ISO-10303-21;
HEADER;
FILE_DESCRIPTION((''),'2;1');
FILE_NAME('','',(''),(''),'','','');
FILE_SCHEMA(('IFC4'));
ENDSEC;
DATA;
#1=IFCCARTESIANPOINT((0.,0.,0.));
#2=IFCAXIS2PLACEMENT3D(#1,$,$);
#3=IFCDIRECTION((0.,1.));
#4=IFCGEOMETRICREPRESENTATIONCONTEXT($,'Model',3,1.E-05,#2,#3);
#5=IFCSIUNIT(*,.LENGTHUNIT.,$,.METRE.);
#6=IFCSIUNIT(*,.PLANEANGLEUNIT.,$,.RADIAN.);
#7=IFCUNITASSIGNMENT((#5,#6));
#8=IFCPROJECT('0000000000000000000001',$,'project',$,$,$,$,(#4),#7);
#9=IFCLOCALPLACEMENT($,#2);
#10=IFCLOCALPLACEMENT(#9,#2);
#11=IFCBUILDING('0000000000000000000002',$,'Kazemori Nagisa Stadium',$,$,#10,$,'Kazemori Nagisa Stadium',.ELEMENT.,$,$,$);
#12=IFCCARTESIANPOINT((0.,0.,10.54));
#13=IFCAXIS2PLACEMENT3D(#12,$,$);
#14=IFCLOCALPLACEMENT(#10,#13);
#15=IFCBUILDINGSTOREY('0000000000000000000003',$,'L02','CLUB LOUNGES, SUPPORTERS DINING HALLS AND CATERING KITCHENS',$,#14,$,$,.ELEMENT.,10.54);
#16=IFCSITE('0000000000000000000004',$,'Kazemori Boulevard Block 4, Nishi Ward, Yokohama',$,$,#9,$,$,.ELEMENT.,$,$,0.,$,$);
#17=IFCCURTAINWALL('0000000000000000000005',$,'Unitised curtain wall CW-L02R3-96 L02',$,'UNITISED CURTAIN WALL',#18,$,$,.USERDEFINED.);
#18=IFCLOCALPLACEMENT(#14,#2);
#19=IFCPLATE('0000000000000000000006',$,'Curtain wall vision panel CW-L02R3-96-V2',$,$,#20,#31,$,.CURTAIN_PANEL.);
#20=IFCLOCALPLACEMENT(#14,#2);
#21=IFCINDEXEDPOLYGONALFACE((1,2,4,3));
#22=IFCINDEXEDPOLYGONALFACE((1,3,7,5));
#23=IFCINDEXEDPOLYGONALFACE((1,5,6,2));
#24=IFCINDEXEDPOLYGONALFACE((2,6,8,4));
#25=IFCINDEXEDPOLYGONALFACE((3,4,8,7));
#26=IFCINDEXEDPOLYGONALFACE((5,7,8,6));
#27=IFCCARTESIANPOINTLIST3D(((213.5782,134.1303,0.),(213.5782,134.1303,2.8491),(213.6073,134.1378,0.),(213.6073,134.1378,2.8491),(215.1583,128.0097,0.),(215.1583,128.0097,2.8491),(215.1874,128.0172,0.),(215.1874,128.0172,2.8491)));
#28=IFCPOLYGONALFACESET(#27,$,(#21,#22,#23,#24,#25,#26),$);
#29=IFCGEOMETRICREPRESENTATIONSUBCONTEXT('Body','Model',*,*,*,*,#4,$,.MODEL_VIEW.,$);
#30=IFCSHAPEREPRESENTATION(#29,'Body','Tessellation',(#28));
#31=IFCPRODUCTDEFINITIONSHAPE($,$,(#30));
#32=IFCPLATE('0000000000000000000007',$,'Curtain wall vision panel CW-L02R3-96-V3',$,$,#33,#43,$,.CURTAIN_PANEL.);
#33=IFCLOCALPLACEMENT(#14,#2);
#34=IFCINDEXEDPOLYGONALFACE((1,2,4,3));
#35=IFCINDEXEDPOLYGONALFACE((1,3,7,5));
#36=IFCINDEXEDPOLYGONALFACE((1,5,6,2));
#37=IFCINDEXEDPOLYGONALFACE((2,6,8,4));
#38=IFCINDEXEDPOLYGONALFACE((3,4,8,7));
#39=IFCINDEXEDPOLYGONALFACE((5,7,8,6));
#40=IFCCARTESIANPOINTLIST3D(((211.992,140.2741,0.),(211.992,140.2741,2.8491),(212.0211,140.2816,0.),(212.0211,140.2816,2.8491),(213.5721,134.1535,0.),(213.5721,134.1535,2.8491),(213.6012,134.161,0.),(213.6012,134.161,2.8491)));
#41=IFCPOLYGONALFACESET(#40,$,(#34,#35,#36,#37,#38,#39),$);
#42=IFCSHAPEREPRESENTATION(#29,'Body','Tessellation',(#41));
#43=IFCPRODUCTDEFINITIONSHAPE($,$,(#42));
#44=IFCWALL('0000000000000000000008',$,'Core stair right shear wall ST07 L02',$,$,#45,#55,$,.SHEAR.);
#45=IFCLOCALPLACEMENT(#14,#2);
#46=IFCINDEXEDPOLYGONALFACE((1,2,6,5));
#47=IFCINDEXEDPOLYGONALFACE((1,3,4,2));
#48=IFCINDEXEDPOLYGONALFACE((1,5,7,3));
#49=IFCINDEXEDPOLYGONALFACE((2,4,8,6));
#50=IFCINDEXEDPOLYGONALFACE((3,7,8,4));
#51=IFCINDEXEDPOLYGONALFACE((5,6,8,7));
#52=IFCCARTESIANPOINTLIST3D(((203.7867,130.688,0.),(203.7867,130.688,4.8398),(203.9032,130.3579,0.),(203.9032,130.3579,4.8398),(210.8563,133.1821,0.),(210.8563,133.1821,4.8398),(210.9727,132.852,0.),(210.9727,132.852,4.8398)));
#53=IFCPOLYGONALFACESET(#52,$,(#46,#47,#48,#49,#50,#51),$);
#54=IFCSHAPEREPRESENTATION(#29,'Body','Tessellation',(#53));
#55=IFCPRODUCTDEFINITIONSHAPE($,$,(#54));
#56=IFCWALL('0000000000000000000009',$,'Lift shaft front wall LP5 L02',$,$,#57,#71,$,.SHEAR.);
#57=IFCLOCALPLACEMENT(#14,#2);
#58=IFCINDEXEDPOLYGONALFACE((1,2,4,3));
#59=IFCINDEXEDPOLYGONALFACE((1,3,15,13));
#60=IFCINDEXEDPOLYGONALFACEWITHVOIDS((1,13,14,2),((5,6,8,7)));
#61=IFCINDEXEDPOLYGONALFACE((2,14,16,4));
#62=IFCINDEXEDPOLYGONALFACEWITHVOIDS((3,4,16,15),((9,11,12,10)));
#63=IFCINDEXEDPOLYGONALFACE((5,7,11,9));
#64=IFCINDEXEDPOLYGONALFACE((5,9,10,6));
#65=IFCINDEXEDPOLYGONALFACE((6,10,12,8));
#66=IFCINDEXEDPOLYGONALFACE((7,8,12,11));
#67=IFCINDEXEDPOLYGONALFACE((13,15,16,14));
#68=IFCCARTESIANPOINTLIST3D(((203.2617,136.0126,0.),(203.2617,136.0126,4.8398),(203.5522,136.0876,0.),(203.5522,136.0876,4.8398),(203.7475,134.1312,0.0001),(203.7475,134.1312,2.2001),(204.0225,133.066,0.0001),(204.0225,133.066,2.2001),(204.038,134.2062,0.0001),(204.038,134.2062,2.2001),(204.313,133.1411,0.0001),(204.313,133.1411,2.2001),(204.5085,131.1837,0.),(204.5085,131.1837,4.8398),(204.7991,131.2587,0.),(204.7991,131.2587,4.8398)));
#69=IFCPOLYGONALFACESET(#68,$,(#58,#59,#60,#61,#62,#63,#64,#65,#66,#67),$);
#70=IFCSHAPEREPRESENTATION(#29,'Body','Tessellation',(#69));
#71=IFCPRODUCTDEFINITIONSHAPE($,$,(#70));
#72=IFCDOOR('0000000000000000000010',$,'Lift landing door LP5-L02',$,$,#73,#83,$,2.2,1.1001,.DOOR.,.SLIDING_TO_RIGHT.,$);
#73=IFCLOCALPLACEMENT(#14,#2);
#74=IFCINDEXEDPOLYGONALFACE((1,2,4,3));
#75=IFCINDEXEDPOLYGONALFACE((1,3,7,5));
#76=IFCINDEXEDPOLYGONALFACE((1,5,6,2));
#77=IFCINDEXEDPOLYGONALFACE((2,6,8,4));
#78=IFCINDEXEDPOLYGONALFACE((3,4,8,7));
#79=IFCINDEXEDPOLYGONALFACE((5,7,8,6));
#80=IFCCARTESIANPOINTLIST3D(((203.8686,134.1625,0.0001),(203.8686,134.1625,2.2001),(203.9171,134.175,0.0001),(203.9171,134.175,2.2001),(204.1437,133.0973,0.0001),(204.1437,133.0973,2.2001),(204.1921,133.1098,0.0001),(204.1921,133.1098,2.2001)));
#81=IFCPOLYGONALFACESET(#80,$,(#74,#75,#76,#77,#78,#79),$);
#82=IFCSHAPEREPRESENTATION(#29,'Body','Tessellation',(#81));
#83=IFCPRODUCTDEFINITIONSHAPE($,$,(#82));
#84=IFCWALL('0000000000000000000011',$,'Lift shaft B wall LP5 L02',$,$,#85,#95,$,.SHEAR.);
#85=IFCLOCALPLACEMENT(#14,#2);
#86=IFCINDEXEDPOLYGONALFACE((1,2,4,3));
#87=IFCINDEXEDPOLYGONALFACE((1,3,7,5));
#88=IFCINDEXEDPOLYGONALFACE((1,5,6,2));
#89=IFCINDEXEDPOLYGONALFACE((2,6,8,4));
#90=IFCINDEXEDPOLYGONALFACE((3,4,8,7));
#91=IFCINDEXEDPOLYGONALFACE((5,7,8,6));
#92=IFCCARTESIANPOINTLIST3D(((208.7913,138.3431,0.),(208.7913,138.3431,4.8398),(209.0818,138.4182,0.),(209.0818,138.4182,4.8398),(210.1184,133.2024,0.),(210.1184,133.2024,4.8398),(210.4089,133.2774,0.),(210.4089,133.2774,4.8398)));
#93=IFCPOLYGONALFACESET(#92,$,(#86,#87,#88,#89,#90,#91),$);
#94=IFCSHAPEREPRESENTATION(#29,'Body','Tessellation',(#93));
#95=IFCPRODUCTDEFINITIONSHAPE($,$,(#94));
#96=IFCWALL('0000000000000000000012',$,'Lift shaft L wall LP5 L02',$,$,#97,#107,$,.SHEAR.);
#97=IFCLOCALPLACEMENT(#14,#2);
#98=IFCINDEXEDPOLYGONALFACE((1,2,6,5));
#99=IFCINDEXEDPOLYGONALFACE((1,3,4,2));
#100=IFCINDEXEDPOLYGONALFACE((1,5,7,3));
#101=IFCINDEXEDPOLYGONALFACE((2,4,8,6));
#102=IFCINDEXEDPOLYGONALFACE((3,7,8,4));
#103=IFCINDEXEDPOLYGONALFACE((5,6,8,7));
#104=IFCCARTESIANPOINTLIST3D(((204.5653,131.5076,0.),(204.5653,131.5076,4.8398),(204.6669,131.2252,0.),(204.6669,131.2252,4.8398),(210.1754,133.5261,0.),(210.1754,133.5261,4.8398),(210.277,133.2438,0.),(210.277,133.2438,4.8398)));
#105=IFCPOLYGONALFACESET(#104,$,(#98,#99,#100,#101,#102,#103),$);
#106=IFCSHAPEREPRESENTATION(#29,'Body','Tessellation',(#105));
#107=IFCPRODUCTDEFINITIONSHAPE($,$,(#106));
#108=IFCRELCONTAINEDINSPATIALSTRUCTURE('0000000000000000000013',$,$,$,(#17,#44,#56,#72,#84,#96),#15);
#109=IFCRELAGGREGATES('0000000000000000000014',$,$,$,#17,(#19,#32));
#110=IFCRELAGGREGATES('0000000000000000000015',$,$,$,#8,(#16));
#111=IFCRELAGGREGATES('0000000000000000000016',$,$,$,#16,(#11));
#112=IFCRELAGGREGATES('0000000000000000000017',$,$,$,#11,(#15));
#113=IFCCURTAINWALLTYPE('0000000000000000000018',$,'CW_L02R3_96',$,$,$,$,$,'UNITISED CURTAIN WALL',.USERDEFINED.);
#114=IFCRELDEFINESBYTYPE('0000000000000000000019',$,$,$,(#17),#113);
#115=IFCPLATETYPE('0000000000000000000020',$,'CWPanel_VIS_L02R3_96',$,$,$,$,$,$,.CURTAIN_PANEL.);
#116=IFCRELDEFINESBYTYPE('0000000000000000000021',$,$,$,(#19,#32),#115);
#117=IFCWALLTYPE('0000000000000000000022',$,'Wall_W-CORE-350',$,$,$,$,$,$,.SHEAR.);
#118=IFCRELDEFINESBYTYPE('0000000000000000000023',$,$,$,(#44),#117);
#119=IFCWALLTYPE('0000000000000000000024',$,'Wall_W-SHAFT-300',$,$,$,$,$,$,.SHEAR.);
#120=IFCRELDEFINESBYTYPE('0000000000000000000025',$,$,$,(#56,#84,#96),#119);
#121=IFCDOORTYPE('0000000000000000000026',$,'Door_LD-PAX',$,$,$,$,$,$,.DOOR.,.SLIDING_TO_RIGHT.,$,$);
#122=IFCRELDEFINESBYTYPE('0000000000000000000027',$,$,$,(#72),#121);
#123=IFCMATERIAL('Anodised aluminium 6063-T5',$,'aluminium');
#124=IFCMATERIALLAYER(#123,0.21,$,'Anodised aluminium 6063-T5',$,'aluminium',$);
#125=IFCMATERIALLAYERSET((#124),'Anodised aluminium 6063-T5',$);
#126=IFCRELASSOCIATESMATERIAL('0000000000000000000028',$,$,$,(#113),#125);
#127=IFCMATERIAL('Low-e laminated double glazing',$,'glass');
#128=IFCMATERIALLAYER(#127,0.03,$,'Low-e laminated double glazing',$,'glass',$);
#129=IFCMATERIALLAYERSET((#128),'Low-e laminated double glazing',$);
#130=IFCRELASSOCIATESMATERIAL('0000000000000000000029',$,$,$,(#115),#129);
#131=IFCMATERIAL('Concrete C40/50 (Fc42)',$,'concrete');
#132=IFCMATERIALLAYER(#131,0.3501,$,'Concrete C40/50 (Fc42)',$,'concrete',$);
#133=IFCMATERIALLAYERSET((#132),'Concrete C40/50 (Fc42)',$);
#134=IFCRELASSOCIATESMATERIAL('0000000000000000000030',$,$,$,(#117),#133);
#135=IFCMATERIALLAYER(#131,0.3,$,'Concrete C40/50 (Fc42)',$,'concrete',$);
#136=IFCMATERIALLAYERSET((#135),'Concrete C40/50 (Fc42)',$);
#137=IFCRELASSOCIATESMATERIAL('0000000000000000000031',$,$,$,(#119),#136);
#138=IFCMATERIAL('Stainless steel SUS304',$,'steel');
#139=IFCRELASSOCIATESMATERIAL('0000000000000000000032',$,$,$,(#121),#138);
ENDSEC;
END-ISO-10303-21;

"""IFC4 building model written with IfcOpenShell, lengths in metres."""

from ifc_helpers import new_model, si_unit, direction, frame, frame_2d, origin, origin_2d, place, context, subcontext, project, spatial, rectangle, extrude, material, layer, layer_set, type_object, element, fill, aggregate, save


model = new_model("IFC4")

# Units and contexts
model_context = context("Model", 3, precision=1e-05, world=origin(), true_north=direction((0.0, 1.0)))
body_context = subcontext(model_context, "Body", "Model", "MODEL_VIEW")
ifc_project = project(units=[si_unit("LENGTHUNIT", "METRE"), si_unit("PLANEANGLEUNIT", "RADIAN")], contexts=[model_context])

# Site, building, storey
site_placement = place(None, origin())
site = spatial("IfcSite", under=ifc_project, at=site_placement, Name="Kazemori Boulevard Block 4, Nishi Ward, Yokohama", CompositionType="ELEMENT", RefElevation=0.0)
building_placement = place(site_placement, origin())
building = spatial("IfcBuilding", under=site, at=building_placement, Name="Kazemori Nagisa Stadium", LongName="Kazemori Nagisa Stadium", CompositionType="ELEMENT")
storey_placement = place(building_placement, frame((0.0, 0.0, 10.54)))
storey = spatial("IfcBuildingStorey", under=building, at=storey_placement, Name="L02", Description="CLUB LOUNGES, SUPPORTERS DINING HALLS AND CATERING KITCHENS", CompositionType="ELEMENT", Elevation=10.54)

# Shared definitions
ifc_material_1 = material(Name="Concrete C40/50 (Fc42)", Category="concrete")

# Curtain wall, plates
ifc_material_2 = material(Name="Anodised aluminium 6063-T5", Category="aluminium")
ifc_layer_1 = layer(ifc_material_2, 0.21, Name="Anodised aluminium 6063-T5", Category="aluminium")
ifc_layer_set_1 = layer_set([ifc_layer_1], Name="Anodised aluminium 6063-T5")
curtain_wall_type = type_object("IfcCurtainWallType", Name="CW_L02R3_96", ElementType="UNITISED CURTAIN WALL", PredefinedType="USERDEFINED", material=ifc_layer_set_1)
curtain_wall_placement = place(storey_placement, origin())
curtain_wall = element("IfcCurtainWall", 1, at=curtain_wall_placement, inside=storey, type_object=curtain_wall_type, Name="Unitised curtain wall CW-L02R3-96 L02", ObjectType="UNITISED CURTAIN WALL", PredefinedType="USERDEFINED")
ifc_material_3 = material(Name="Low-e laminated double glazing", Category="glass")
ifc_layer_2 = layer(ifc_material_3, 0.03, Name="Low-e laminated double glazing", Category="glass")
ifc_layer_set_2 = layer_set([ifc_layer_2], Name="Low-e laminated double glazing")
plate_type_1 = type_object("IfcPlateType", Name="CWPanel_VIS_L02R3_96", PredefinedType="CURTAIN_PANEL", material=ifc_layer_set_2)
plate_1_placement = place(storey_placement, frame((214.3828, 131.0737, 0.0), z_axis=(0.0, 0.0, 1.0), x_axis=(-0.249965, 0.968255, 0.0)))
plate_1 = element("IfcPlate", 2, at=plate_1_placement, type_object=plate_type_1, Name="Curtain wall vision panel CW-L02R3-96-V2", PredefinedType="CURTAIN_PANEL", context=body_context, shape_type="SweptSolid", body=[
    extrude(rectangle(XDim=6.3213, YDim=0.03, at=origin_2d()), origin(), (0.0, 0.0, 1.0), 2.8491),
])
plate_2_placement = place(storey_placement, frame((212.7966, 137.2175, 0.0), z_axis=(0.0, 0.0, 1.0), x_axis=(-0.249965, 0.968255, 0.0)))
plate_2 = element("IfcPlate", 3, at=plate_2_placement, type_object=plate_type_1, Name="Curtain wall vision panel CW-L02R3-96-V3", PredefinedType="CURTAIN_PANEL", context=body_context, shape_type="SweptSolid", body=[
    extrude(rectangle(XDim=6.3213, YDim=0.03, at=origin_2d()), origin(), (0.0, 0.0, 1.0), 2.8491),
])
aggregate(curtain_wall, [plate_1, plate_2])

# Wall
ifc_layer_3 = layer(ifc_material_1, 0.3501, Name="Concrete C40/50 (Fc42)", Category="concrete")
ifc_layer_set_3 = layer_set([ifc_layer_3], Name="Concrete C40/50 (Fc42)")
wall_type_1 = type_object("IfcWallType", Name="Wall_W-CORE-350", PredefinedType="SHEAR", material=ifc_layer_set_3)
wall_1_placement = place(storey_placement, frame((203.845, 130.5229, 0.0), z_axis=(0.0, 0.0, 1.0), x_axis=(0.943032, 0.332701, 0.0)))
element("IfcWall", 4, at=wall_1_placement, inside=storey, type_object=wall_type_1, Name="Core stair right shear wall ST07 L02", PredefinedType="SHEAR", context=body_context, shape_type="SweptSolid", body=[
    extrude(rectangle(XDim=7.4966, YDim=0.3501, at=frame_2d((3.7483, 0.0))), origin(), (0.0, 0.0, 1.0), 4.8398),
])

# Wall, opening, door
ifc_layer_4 = layer(ifc_material_1, 0.3, Name="Concrete C40/50 (Fc42)", Category="concrete")
ifc_layer_set_4 = layer_set([ifc_layer_4], Name="Concrete C40/50 (Fc42)")
wall_type_2 = type_object("IfcWallType", Name="Wall_W-SHAFT-300", PredefinedType="SHEAR", material=ifc_layer_set_4)
wall_2_placement = place(storey_placement, frame((204.6538, 131.2212, 0.0), z_axis=(0.0, 0.0, 1.0), x_axis=(-0.250004, 0.968245, 0.0)))
wall_2 = element("IfcWall", 5, at=wall_2_placement, inside=storey, type_object=wall_type_2, Name="Lift shaft front wall LP5 L02", PredefinedType="SHEAR", context=body_context, shape_type="SweptSolid", body=[
    extrude(rectangle(XDim=4.9873, YDim=0.3, at=frame_2d((2.4937, 0.0))), origin(), (0.0, 0.0, 1.0), 4.8398),
])
opening_placement = place(wall_2_placement, frame((1.9441, 0.0, 0.0)))
opening = element("IfcOpeningElement", 6, at=opening_placement, cuts=wall_2, PredefinedType="OPENING", context=body_context, shape_type="SweptSolid", body=[
    extrude(rectangle(XDim=1.1001, YDim=2.2, at=frame_2d((0.55, 1.1001))), frame((0.0, 0.1599, 0.0), z_axis=(0.0, -1.0, 0.0), x_axis=(1.0, 0.0, 0.0)), (0.0, 0.0, 1.0), 0.3201),
])
ifc_material_4 = material(Name="Stainless steel SUS304", Category="steel")
door_type = type_object("IfcDoorType", Name="Door_LD-PAX", OperationType="SLIDING_TO_RIGHT", PredefinedType="DOOR", material=ifc_material_4)
door_placement = place(opening_placement, origin())
door = element("IfcDoor", 7, at=door_placement, inside=storey, type_object=door_type, Name="Lift landing door LP5-L02", OperationType="SLIDING_TO_RIGHT", OverallHeight=2.2, OverallWidth=1.1001, PredefinedType="DOOR", context=body_context, shape_type="SweptSolid", body=[
    extrude(rectangle(XDim=1.1001, YDim=2.2, at=frame_2d((0.55, 1.1001))), frame((0.0, 0.0249, 0.0), z_axis=(0.0, -1.0, 0.0), x_axis=(1.0, 0.0, 0.0)), (0.0, 0.0, 1.0), 0.05),
])
fill(opening, door)

# Walls
wall_3_placement = place(storey_placement, frame((210.2637, 133.2397, 0.0), z_axis=(0.0, 0.0, 1.0), x_axis=(-0.249961, 0.968256, 0.0)))
element("IfcWall", 8, at=wall_3_placement, inside=storey, type_object=wall_type_2, Name="Lift shaft B wall LP5 L02", PredefinedType="SHEAR", context=body_context, shape_type="SweptSolid", body=[
    extrude(rectangle(XDim=5.3093, YDim=0.3, at=frame_2d((2.6548, 0.0))), origin(), (0.0, 0.0, 1.0), 4.8398),
])
wall_4_placement = place(storey_placement, frame((204.6162, 131.3665, 0.0), z_axis=(0.0, 0.0, 1.0), x_axis=(0.940945, 0.338559, 0.0)))
element("IfcWall", 9, at=wall_4_placement, inside=storey, type_object=wall_type_2, Name="Lift shaft L wall LP5 L02", PredefinedType="SHEAR", context=body_context, shape_type="SweptSolid", body=[
    extrude(rectangle(XDim=5.9622, YDim=0.3, at=frame_2d((2.981, 0.0))), origin(), (0.0, 0.0, 1.0), 4.8398),
])

save(model, "model.ifc")
